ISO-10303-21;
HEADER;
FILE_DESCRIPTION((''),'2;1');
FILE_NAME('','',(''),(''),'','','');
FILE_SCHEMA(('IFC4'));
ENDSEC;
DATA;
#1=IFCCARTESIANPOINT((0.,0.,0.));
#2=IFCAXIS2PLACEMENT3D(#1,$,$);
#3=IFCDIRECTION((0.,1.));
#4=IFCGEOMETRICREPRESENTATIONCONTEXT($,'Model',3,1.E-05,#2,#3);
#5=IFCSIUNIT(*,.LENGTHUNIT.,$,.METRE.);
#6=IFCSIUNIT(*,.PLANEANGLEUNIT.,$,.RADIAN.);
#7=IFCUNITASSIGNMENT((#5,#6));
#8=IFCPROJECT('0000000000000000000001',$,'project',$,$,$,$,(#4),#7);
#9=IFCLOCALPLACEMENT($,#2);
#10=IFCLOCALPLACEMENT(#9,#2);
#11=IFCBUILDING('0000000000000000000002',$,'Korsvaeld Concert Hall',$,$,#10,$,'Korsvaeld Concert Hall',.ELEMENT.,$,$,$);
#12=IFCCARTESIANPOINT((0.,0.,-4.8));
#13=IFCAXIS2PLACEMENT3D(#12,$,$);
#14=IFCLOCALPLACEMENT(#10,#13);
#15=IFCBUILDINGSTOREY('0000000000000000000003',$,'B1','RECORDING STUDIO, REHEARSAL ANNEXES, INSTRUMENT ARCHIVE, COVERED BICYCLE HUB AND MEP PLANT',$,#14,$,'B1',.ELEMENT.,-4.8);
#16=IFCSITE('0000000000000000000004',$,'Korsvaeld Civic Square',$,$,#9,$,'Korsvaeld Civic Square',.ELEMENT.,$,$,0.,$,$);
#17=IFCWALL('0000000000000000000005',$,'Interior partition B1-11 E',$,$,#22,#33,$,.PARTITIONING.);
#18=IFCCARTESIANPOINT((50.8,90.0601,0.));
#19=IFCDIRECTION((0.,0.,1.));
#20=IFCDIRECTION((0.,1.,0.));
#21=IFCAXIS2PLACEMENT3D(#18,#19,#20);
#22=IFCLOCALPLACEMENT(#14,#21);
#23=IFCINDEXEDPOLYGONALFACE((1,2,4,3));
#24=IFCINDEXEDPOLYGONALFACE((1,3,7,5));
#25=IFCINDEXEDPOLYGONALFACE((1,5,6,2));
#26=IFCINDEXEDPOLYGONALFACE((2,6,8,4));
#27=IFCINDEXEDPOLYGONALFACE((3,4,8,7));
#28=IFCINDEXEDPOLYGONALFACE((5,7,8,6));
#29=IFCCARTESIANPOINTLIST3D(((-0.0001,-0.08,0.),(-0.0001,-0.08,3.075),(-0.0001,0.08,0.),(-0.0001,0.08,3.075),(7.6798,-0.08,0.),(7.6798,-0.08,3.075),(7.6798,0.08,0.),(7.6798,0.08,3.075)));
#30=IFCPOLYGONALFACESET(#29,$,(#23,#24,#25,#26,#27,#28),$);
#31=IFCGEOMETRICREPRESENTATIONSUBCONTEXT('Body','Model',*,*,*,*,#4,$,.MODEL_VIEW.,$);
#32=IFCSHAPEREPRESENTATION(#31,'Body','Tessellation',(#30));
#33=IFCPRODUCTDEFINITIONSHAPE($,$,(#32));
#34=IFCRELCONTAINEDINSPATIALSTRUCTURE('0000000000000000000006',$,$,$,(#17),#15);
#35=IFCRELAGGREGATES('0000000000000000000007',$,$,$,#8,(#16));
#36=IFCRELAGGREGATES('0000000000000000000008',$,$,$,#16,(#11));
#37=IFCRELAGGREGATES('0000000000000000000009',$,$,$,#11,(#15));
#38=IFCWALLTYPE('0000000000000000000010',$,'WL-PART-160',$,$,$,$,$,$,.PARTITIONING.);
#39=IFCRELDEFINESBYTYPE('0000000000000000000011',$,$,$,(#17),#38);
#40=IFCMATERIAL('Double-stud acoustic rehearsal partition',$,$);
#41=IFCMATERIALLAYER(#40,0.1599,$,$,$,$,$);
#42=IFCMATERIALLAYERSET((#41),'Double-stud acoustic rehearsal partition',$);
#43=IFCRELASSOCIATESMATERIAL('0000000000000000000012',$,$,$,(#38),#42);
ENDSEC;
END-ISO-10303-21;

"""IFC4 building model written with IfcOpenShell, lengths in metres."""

from ifc_helpers import new_model, si_unit, direction, frame, frame_2d, origin, place, context, subcontext, project, spatial, rectangle, extrude, material, layer, layer_set, type_object, element, save


model = new_model("IFC4")

# Units and contexts
model_context = context("Model", 3, precision=1e-05, world=origin(), true_north=direction((0.0, 1.0)))
body_context = subcontext(model_context, "Body", "Model", "MODEL_VIEW")
ifc_project = project(units=[si_unit("LENGTHUNIT", "METRE"), si_unit("PLANEANGLEUNIT", "RADIAN")], contexts=[model_context])

# Site, building, storey
site_placement = place(None, origin())
site = spatial("IfcSite", under=ifc_project, at=site_placement, Name="Korsvaeld Civic Square", LongName="Korsvaeld Civic Square", CompositionType="ELEMENT", RefElevation=0.0)
building_placement = place(site_placement, origin())
building = spatial("IfcBuilding", under=site, at=building_placement, Name="Korsvaeld Concert Hall", LongName="Korsvaeld Concert Hall", CompositionType="ELEMENT")
storey_placement = place(building_placement, frame((0.0, 0.0, -4.8)))
storey = spatial("IfcBuildingStorey", under=building, at=storey_placement, Name="B1", Description="RECORDING STUDIO, REHEARSAL ANNEXES, INSTRUMENT ARCHIVE, COVERED BICYCLE HUB AND MEP PLANT", LongName="B1", CompositionType="ELEMENT", Elevation=-4.8)

# Wall
ifc_material_1 = material(Name="Double-stud acoustic rehearsal partition")
ifc_layer = layer(ifc_material_1, 0.1599)
ifc_layer_set = layer_set([ifc_layer], Name="Double-stud acoustic rehearsal partition")
wall_type = type_object("IfcWallType", Name="WL-PART-160", PredefinedType="PARTITIONING", material=ifc_layer_set)
wall_placement = place(storey_placement, frame((50.8, 90.0601, 0.0), z_axis=(0.0, 0.0, 1.0), x_axis=(0.0, 1.0, 0.0)))
element("IfcWall", 1, at=wall_placement, inside=storey, type_object=wall_type, Name="Interior partition B1-11 E", PredefinedType="PARTITIONING", context=body_context, shape_type="SweptSolid", body=[
    extrude(rectangle(XDim=7.6799, YDim=0.1599, at=frame_2d((3.8398, 0.0))), origin(), (0.0, 0.0, 1.0), 3.075),
])

save(model, "model.ifc")
